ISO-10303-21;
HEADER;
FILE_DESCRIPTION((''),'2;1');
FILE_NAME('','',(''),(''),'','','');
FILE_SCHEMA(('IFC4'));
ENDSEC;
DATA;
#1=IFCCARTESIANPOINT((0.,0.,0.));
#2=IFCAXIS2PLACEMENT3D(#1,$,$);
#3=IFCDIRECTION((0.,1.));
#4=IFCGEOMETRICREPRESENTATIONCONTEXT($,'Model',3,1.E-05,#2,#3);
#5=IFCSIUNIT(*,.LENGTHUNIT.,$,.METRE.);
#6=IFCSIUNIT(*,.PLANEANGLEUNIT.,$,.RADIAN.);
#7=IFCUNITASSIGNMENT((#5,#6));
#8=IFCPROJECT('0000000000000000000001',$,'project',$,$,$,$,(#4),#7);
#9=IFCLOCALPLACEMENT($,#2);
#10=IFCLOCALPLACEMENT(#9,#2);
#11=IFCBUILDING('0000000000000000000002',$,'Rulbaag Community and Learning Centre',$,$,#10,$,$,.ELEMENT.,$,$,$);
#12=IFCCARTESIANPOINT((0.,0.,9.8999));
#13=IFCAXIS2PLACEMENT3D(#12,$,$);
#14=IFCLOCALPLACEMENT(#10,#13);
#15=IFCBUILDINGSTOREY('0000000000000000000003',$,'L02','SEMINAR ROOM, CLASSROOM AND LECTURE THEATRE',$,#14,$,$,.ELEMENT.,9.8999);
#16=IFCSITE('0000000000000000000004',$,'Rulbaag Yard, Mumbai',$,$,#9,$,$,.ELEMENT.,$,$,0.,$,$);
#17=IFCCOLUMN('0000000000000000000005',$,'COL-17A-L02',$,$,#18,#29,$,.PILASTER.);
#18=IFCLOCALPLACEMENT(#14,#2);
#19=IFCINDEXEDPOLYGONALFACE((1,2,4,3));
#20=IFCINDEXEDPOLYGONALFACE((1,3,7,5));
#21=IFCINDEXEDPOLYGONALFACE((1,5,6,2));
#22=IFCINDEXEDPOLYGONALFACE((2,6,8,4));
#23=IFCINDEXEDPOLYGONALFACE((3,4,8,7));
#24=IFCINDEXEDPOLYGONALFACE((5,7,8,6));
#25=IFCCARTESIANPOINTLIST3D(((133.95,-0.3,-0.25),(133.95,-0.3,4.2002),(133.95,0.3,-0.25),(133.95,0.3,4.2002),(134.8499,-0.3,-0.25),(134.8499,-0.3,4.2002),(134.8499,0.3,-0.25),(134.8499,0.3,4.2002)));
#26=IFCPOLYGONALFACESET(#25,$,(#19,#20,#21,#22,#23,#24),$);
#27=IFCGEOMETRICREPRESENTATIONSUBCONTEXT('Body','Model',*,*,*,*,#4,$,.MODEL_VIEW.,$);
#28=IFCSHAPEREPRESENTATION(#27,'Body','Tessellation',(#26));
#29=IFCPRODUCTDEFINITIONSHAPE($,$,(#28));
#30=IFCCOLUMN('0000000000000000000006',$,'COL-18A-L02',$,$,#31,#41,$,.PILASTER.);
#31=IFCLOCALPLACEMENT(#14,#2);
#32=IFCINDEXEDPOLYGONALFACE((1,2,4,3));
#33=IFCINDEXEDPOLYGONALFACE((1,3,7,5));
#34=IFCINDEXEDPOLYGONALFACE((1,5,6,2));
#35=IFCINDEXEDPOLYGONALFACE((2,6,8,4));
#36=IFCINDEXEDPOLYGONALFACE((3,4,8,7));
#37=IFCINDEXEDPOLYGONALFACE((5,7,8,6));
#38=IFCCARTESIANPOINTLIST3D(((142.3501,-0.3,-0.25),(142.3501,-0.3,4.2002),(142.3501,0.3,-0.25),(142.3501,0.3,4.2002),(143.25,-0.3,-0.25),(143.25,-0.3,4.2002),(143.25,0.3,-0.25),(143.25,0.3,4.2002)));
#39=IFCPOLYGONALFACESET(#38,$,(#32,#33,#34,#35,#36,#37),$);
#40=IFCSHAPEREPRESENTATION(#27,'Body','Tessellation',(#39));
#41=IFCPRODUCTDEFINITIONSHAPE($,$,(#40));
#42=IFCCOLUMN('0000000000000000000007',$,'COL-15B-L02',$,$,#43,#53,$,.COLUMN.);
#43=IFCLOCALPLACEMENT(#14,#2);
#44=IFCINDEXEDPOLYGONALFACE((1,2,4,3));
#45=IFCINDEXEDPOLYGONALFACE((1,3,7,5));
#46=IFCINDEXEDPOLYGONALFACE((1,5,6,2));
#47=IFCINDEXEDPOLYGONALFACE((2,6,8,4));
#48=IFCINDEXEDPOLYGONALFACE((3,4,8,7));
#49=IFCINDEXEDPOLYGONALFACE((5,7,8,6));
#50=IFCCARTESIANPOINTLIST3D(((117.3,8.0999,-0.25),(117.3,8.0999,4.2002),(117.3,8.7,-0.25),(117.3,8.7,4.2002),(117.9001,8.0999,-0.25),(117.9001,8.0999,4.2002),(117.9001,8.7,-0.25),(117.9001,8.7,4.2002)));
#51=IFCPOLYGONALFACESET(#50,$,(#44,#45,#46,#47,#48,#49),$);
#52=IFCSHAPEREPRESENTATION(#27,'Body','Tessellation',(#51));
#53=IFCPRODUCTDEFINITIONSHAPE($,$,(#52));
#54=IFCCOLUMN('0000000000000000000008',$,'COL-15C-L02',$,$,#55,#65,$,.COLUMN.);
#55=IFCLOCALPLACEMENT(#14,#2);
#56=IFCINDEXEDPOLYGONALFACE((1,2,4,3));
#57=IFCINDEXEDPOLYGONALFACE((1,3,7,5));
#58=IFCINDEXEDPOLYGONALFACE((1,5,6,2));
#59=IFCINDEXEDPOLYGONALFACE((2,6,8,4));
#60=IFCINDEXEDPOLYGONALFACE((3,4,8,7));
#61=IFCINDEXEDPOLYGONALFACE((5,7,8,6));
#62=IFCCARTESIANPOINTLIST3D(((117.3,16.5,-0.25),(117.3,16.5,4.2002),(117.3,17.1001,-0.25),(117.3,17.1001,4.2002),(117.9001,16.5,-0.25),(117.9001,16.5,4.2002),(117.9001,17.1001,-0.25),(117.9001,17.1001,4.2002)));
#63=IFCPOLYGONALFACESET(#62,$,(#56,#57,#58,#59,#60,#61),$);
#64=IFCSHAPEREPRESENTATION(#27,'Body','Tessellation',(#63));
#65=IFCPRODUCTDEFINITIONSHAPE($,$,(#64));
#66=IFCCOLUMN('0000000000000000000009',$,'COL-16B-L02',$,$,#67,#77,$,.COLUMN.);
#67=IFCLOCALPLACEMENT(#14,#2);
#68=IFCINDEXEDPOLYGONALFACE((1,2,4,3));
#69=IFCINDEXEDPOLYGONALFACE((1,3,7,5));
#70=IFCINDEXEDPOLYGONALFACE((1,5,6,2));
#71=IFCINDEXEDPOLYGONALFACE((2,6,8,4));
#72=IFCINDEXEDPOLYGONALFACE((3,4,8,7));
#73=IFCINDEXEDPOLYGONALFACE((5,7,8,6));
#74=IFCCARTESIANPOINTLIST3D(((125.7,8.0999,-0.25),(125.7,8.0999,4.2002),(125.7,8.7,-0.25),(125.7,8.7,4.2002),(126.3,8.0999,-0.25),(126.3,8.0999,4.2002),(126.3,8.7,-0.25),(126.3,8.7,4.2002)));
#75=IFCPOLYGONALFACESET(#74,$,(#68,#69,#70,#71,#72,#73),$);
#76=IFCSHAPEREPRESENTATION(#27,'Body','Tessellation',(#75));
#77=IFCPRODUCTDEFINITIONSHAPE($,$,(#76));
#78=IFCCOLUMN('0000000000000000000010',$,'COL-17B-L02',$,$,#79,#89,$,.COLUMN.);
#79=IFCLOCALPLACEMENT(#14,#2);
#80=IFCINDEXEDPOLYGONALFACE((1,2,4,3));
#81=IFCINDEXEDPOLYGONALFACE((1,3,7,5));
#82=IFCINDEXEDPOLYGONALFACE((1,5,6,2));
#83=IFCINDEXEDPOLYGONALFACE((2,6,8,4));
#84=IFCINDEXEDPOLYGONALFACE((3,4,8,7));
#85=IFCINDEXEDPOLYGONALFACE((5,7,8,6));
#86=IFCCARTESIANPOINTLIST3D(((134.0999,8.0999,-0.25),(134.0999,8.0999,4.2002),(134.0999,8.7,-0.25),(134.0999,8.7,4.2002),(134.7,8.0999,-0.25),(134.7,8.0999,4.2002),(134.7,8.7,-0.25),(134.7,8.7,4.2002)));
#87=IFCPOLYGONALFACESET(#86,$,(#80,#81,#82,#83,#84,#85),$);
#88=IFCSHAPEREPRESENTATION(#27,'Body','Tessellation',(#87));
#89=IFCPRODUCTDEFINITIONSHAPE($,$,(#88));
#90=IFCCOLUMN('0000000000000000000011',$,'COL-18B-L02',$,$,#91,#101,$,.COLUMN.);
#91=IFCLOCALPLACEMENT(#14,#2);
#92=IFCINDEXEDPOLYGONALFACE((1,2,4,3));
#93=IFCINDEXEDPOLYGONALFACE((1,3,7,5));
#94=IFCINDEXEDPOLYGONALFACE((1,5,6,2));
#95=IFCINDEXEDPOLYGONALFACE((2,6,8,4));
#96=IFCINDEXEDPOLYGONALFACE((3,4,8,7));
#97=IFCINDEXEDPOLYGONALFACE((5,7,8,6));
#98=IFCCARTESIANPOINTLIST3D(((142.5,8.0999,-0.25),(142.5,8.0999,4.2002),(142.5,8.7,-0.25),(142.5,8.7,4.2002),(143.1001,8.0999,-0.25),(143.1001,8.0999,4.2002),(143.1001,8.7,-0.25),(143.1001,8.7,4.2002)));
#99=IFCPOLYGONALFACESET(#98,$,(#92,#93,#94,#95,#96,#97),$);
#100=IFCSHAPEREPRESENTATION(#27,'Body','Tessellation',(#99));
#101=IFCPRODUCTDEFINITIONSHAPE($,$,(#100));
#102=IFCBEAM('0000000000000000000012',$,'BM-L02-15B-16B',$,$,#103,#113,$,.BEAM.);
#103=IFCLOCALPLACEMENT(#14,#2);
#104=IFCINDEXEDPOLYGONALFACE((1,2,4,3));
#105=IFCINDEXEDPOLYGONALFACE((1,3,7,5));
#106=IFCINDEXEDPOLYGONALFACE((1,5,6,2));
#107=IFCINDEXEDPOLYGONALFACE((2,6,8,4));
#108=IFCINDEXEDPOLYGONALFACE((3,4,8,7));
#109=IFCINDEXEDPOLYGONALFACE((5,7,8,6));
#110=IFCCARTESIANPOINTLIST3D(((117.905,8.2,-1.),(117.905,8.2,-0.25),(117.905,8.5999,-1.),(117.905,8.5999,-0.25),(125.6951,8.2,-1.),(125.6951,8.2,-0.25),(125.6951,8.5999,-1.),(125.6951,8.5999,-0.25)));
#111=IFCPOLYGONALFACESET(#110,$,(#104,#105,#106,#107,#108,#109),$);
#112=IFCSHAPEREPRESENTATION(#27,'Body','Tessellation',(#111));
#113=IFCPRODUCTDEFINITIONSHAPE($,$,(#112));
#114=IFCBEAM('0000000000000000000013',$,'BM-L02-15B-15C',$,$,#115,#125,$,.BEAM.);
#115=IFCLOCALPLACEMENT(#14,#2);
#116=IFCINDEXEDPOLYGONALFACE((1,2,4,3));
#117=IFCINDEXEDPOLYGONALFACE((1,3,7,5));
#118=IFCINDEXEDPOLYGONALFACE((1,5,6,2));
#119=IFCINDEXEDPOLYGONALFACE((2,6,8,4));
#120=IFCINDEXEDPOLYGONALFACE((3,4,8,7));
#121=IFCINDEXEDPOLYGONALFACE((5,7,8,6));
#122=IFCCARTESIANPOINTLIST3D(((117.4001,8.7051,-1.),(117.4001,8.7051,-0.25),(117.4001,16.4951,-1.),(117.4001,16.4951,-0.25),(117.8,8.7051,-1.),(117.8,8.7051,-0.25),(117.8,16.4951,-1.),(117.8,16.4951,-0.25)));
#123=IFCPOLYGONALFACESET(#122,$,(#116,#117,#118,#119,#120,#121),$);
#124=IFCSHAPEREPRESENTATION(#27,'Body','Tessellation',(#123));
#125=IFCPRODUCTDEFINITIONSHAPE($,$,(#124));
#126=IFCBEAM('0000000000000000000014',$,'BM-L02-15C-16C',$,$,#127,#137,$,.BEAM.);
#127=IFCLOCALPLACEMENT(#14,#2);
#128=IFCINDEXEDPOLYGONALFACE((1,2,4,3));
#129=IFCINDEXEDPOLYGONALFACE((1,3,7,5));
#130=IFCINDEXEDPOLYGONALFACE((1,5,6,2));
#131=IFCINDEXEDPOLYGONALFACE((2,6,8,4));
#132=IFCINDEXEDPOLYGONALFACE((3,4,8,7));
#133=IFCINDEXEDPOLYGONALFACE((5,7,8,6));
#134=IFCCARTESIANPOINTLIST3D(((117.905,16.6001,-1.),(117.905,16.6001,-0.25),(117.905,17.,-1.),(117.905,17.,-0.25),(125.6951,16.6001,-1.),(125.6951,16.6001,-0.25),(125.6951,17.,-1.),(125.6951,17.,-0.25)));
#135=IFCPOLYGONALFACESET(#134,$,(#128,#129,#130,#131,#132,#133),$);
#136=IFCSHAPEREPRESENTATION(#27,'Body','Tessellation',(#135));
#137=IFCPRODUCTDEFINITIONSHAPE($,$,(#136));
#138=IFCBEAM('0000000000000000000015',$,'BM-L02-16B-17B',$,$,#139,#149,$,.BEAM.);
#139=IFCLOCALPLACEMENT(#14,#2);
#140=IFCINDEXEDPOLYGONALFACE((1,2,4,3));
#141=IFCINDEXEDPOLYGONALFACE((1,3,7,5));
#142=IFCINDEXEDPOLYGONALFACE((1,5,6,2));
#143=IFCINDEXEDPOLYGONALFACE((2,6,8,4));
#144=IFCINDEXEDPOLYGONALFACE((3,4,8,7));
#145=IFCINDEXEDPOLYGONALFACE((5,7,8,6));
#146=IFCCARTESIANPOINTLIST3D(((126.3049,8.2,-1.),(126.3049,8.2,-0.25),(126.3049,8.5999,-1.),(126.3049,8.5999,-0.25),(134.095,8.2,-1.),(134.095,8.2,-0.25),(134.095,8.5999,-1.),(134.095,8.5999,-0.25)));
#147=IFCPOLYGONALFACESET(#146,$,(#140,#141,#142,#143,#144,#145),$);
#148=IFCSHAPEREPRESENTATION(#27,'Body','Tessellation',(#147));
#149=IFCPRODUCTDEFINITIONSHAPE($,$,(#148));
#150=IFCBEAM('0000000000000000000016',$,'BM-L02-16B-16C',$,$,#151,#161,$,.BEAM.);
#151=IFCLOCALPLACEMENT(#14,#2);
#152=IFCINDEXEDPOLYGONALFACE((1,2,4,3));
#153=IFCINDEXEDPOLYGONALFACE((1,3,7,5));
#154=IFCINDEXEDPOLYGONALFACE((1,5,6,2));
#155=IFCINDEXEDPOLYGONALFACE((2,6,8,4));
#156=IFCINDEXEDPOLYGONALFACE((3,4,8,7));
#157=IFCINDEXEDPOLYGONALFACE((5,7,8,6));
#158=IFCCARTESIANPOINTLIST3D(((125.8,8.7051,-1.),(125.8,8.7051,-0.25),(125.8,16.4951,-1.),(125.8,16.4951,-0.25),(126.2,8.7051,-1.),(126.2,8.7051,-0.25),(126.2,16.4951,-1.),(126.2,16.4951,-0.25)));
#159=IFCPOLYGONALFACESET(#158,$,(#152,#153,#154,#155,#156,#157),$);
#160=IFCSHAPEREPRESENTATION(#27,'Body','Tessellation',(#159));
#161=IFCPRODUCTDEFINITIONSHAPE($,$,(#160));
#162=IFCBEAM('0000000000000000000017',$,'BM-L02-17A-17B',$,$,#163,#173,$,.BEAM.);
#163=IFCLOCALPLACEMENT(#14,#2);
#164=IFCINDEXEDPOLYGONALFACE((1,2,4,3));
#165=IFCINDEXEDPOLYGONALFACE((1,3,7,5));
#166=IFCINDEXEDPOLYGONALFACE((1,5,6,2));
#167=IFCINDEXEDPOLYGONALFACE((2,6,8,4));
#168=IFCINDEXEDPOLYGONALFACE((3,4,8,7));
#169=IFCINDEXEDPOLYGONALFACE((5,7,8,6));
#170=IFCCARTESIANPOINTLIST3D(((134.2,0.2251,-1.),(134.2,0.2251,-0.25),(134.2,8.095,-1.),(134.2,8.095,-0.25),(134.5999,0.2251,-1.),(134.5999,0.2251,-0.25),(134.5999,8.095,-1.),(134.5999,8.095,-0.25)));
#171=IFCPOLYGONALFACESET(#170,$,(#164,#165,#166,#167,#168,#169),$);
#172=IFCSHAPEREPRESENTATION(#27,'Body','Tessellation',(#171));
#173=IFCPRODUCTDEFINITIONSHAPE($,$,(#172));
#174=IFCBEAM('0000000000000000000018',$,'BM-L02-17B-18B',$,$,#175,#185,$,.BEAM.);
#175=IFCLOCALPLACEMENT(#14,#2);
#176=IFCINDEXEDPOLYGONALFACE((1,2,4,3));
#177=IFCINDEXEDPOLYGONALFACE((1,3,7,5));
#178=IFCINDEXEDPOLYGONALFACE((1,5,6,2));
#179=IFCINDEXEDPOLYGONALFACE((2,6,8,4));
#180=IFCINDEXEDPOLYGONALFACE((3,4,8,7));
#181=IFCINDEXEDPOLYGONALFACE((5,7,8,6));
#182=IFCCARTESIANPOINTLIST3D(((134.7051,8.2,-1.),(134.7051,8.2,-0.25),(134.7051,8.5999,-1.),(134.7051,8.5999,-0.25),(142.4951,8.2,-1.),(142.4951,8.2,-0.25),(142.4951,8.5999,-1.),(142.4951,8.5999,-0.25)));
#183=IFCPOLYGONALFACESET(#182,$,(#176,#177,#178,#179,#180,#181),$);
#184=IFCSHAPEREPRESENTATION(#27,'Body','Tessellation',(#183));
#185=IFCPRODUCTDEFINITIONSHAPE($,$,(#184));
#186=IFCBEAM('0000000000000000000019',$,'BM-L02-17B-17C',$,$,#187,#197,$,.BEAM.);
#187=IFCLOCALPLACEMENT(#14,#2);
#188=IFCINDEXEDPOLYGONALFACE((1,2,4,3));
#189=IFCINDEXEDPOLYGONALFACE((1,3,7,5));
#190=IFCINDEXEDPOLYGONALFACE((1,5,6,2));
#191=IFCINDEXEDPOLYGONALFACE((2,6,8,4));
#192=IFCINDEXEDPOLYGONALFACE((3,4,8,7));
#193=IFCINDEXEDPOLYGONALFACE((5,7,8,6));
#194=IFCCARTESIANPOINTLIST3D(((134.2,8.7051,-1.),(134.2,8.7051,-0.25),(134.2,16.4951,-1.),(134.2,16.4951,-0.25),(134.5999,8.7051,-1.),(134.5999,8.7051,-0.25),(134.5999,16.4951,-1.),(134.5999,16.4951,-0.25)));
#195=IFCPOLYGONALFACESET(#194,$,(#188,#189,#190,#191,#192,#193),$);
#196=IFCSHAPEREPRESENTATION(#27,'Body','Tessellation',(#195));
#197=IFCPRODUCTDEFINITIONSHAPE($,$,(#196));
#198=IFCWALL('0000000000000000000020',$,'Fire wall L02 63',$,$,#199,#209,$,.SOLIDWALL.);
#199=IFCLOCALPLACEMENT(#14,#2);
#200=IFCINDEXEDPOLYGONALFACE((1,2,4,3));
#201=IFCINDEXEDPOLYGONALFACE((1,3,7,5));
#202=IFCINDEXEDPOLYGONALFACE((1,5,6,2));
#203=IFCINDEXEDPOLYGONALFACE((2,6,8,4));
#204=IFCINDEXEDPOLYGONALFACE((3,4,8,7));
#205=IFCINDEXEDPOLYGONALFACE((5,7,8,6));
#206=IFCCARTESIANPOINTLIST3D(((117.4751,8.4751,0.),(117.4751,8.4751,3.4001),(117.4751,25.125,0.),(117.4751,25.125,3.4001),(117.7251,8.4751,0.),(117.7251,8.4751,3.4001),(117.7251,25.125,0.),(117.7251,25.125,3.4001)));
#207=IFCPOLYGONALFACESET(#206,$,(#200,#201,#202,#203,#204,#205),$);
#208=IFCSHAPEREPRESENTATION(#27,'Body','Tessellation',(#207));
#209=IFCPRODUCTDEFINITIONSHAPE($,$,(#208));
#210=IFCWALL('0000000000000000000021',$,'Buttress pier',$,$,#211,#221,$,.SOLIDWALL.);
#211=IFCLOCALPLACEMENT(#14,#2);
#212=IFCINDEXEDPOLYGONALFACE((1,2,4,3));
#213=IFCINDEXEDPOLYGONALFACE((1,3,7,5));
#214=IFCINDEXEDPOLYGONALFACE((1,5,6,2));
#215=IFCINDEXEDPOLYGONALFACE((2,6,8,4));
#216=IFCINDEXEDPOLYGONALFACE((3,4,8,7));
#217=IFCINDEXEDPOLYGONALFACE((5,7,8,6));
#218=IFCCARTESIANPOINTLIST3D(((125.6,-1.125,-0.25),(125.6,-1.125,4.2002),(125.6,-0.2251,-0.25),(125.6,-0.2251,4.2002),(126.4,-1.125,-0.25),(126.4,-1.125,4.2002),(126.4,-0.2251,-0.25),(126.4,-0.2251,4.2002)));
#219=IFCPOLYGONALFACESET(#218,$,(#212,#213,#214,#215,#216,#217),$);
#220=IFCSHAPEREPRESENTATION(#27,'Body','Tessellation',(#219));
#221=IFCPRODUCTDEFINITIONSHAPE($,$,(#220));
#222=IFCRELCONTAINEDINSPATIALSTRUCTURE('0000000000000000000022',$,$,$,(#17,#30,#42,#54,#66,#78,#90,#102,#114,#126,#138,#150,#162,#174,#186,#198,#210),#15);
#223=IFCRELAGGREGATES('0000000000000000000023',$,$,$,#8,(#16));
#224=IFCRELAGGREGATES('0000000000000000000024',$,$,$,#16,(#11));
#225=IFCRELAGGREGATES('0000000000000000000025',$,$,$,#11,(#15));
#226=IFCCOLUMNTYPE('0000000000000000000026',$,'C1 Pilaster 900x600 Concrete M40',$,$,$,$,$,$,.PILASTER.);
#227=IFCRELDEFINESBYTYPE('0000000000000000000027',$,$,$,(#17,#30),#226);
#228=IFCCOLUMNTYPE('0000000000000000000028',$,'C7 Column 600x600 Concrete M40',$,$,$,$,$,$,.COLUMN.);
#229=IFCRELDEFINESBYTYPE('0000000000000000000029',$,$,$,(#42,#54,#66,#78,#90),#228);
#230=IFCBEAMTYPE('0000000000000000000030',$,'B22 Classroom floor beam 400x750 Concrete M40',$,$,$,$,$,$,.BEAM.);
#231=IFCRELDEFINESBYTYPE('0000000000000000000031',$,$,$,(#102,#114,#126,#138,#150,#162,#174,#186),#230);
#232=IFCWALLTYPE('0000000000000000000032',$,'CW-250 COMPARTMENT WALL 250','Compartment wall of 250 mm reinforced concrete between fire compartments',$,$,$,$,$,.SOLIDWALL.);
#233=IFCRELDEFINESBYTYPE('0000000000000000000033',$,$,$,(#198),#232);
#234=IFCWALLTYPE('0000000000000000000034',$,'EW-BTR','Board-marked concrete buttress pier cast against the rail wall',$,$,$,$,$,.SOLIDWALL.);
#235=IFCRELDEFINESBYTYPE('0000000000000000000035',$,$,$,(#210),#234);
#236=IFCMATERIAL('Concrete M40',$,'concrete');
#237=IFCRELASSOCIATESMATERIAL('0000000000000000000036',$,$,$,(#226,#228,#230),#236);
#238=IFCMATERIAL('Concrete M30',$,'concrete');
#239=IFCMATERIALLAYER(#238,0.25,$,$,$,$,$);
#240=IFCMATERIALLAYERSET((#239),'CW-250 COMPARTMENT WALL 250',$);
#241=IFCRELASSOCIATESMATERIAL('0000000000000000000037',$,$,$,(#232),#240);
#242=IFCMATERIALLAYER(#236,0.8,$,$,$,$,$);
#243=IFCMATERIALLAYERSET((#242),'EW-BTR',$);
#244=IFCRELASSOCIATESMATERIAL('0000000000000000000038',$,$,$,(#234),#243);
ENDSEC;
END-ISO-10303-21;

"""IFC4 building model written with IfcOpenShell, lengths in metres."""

from ifc_helpers import new_model, si_unit, direction, frame, frame_2d, origin, origin_2d, place, context, subcontext, project, spatial, rectangle, extrude, material, layer, layer_set, material_profile, profile_set, type_object, element, save


model = new_model("IFC4")

# Units and contexts
model_context = context("Model", 3, precision=1e-05, world=origin(), true_north=direction((0.0, 1.0)))
body_context = subcontext(model_context, "Body", "Model", "MODEL_VIEW")
ifc_project = project(units=[si_unit("LENGTHUNIT", "METRE"), si_unit("PLANEANGLEUNIT", "RADIAN")], contexts=[model_context])

# Site, building, storey
site_placement = place(None, origin())
site = spatial("IfcSite", under=ifc_project, at=site_placement, Name="Rulbaag Yard, Mumbai", CompositionType="ELEMENT", RefElevation=0.0)
building_placement = place(site_placement, origin())
building = spatial("IfcBuilding", under=site, at=building_placement, Name="Rulbaag Community and Learning Centre", CompositionType="ELEMENT")
storey_placement = place(building_placement, frame((0.0, 0.0, 9.8999)))
storey = spatial("IfcBuildingStorey", under=building, at=storey_placement, Name="L02", Description="SEMINAR ROOM, CLASSROOM AND LECTURE THEATRE", CompositionType="ELEMENT", Elevation=9.8999)

# Columns
ifc_material_1 = material(Name="Concrete M40", Category="concrete")
ifc_material_profile_1 = material_profile(ifc_material_1, rectangle(XDim=0.8999, YDim=0.6001, at=origin_2d()), Name="RC900x600")
ifc_profile_set_1 = profile_set([ifc_material_profile_1], Name="Concrete M40")
column_type_1 = type_object("IfcColumnType", Name="C1 Pilaster 900x600 Concrete M40", PredefinedType="PILASTER", material=ifc_profile_set_1)
for number, where, z_axis, x_axis, name in (
    (1, (134.3999, 0.0, -0.25), (0.0, 0.0, 1.0), (1.0, 0.0, 0.0), "COL-17A-L02"),
    (2, (142.8, 0.0, -0.25), (0.0, 0.0, 1.0), (1.0, 0.0, 0.0), "COL-18A-L02"),
):
    element("IfcColumn", number, at=place(storey_placement, frame(where, z_axis=z_axis, x_axis=x_axis)), inside=storey, type_object=column_type_1, Name=name, PredefinedType="PILASTER", context=body_context, shape_type="SweptSolid", body=[
        extrude(rectangle(XDim=0.8999, YDim=0.6001, at=origin_2d()), origin(), (0.0, 0.0, 1.0), 4.4502),
    ])
ifc_material_profile_2 = material_profile(ifc_material_1, rectangle(XDim=0.6001, YDim=0.6001, at=origin_2d()), Name="RC600x600")
ifc_profile_set_2 = profile_set([ifc_material_profile_2], Name="Concrete M40")
column_type_2 = type_object("IfcColumnType", Name="C7 Column 600x600 Concrete M40", PredefinedType="COLUMN", material=ifc_profile_set_2)
for number, where, z_axis, x_axis, name in (
    (3, (117.6001, 8.3999, -0.25), (0.0, 0.0, 1.0), (1.0, 0.0, 0.0), "COL-15B-L02"),
    (4, (117.6001, 16.8, -0.25), (0.0, 0.0, 1.0), (1.0, 0.0, 0.0), "COL-15C-L02"),
    (5, (126.0, 8.3999, -0.25), (0.0, 0.0, 1.0), (1.0, 0.0, 0.0), "COL-16B-L02"),
    (6, (134.3999, 8.3999, -0.25), (0.0, 0.0, 1.0), (1.0, 0.0, 0.0), "COL-17B-L02"),
    (7, (142.8, 8.3999, -0.25), (0.0, 0.0, 1.0), (1.0, 0.0, 0.0), "COL-18B-L02"),
):
    element("IfcColumn", number, at=place(storey_placement, frame(where, z_axis=z_axis, x_axis=x_axis)), inside=storey, type_object=column_type_2, Name=name, PredefinedType="COLUMN", context=body_context, shape_type="SweptSolid", body=[
        extrude(rectangle(XDim=0.6001, YDim=0.6001, at=origin_2d()), origin(), (0.0, 0.0, 1.0), 4.4502),
    ])

# Beams
ifc_material_profile_3 = material_profile(ifc_material_1, rectangle(XDim=0.3999, YDim=0.75, at=origin_2d()), Name="RB400x750")
ifc_profile_set_3 = profile_set([ifc_material_profile_3], Name="Concrete M40")
beam_type = type_object("IfcBeamType", Name="B22 Classroom floor beam 400x750 Concrete M40", PredefinedType="BEAM", material=ifc_profile_set_3)
for number, where, z_axis, x_axis, name in (
    (8, (117.905, 8.3999, -0.625), (1.0, 0.0, 0.0), (0.0, 1.0, 0.0), "BM-L02-15B-16B"),
    (9, (117.6001, 8.7051, -0.625), (0.0, 1.0, 0.0), (-1.0, 0.0, 0.0), "BM-L02-15B-15C"),
    (10, (117.905, 16.8, -0.625), (1.0, 0.0, 0.0), (0.0, 1.0, 0.0), "BM-L02-15C-16C"),
    (11, (126.3049, 8.3999, -0.625), (1.0, 0.0, 0.0), (0.0, 1.0, 0.0), "BM-L02-16B-17B"),
    (12, (126.0, 8.7051, -0.625), (0.0, 1.0, 0.0), (-1.0, 0.0, 0.0), "BM-L02-16B-16C"),
):
    element("IfcBeam", number, at=place(storey_placement, frame(where, z_axis=z_axis, x_axis=x_axis)), inside=storey, type_object=beam_type, Name=name, PredefinedType="BEAM", context=body_context, shape_type="SweptSolid", body=[
        extrude(rectangle(XDim=0.3999, YDim=0.75, at=origin_2d()), origin(), (0.0, 0.0, 1.0), 7.79),
    ])
beam_placement = place(storey_placement, frame((134.3999, 0.2251, -0.625), z_axis=(0.0, 1.0, 0.0), x_axis=(-1.0, 0.0, 0.0)))
element("IfcBeam", 13, at=beam_placement, inside=storey, type_object=beam_type, Name="BM-L02-17A-17B", PredefinedType="BEAM", context=body_context, shape_type="SweptSolid", body=[
    extrude(rectangle(XDim=0.3999, YDim=0.75, at=origin_2d()), origin(), (0.0, 0.0, 1.0), 7.8699),
])
for number, where, z_axis, x_axis, name in (
    (14, (134.7051, 8.3999, -0.625), (1.0, 0.0, 0.0), (0.0, 1.0, 0.0), "BM-L02-17B-18B"),
    (15, (134.3999, 8.7051, -0.625), (0.0, 1.0, 0.0), (-1.0, 0.0, 0.0), "BM-L02-17B-17C"),
):
    element("IfcBeam", number, at=place(storey_placement, frame(where, z_axis=z_axis, x_axis=x_axis)), inside=storey, type_object=beam_type, Name=name, PredefinedType="BEAM", context=body_context, shape_type="SweptSolid", body=[
        extrude(rectangle(XDim=0.3999, YDim=0.75, at=origin_2d()), origin(), (0.0, 0.0, 1.0), 7.79),
    ])

# Walls
ifc_material_2 = material(Name="Concrete M30", Category="concrete")
ifc_layer_1 = layer(ifc_material_2, 0.25)
ifc_layer_set_1 = layer_set([ifc_layer_1], Name="CW-250 COMPARTMENT WALL 250")
wall_type_1 = type_object("IfcWallType", Name="CW-250 COMPARTMENT WALL 250", Description="Compartment wall of 250 mm reinforced concrete between fire compartments", PredefinedType="SOLIDWALL", material=ifc_layer_set_1)
wall_1_placement = place(storey_placement, frame((117.6001, 8.4751, 0.0), z_axis=(0.0, 0.0, 1.0), x_axis=(0.0, 1.0, 0.0)))
element("IfcWall", 16, at=wall_1_placement, inside=storey, type_object=wall_type_1, Name="Fire wall L02 63", PredefinedType="SOLIDWALL", context=body_context, shape_type="SweptSolid", body=[
    extrude(rectangle(XDim=16.6499, YDim=0.25, at=frame_2d((8.325, 0.0))), origin(), (0.0, 0.0, 1.0), 3.4001),
])
ifc_layer_2 = layer(ifc_material_1, 0.8)
ifc_layer_set_2 = layer_set([ifc_layer_2], Name="EW-BTR")
wall_type_2 = type_object("IfcWallType", Name="EW-BTR", Description="Board-marked concrete buttress pier cast against the rail wall", PredefinedType="SOLIDWALL", material=ifc_layer_set_2)
for number, where, z_axis, x_axis, name in (
    (17, (126.0, -0.2251, -0.25), (0.0, 0.0, 1.0), (0.0, -1.0, 0.0), "Buttress pier"),
):
    element("IfcWall", number, at=place(storey_placement, frame(where, z_axis=z_axis, x_axis=x_axis)), inside=storey, type_object=wall_type_2, Name=name, PredefinedType="SOLIDWALL", context=body_context, shape_type="SweptSolid", body=[
        extrude(rectangle(XDim=0.8999, YDim=0.8, at=frame_2d((0.45, 0.0))), origin(), (0.0, 0.0, 1.0), 4.4502),
    ])

save(model, "model.ifc")
